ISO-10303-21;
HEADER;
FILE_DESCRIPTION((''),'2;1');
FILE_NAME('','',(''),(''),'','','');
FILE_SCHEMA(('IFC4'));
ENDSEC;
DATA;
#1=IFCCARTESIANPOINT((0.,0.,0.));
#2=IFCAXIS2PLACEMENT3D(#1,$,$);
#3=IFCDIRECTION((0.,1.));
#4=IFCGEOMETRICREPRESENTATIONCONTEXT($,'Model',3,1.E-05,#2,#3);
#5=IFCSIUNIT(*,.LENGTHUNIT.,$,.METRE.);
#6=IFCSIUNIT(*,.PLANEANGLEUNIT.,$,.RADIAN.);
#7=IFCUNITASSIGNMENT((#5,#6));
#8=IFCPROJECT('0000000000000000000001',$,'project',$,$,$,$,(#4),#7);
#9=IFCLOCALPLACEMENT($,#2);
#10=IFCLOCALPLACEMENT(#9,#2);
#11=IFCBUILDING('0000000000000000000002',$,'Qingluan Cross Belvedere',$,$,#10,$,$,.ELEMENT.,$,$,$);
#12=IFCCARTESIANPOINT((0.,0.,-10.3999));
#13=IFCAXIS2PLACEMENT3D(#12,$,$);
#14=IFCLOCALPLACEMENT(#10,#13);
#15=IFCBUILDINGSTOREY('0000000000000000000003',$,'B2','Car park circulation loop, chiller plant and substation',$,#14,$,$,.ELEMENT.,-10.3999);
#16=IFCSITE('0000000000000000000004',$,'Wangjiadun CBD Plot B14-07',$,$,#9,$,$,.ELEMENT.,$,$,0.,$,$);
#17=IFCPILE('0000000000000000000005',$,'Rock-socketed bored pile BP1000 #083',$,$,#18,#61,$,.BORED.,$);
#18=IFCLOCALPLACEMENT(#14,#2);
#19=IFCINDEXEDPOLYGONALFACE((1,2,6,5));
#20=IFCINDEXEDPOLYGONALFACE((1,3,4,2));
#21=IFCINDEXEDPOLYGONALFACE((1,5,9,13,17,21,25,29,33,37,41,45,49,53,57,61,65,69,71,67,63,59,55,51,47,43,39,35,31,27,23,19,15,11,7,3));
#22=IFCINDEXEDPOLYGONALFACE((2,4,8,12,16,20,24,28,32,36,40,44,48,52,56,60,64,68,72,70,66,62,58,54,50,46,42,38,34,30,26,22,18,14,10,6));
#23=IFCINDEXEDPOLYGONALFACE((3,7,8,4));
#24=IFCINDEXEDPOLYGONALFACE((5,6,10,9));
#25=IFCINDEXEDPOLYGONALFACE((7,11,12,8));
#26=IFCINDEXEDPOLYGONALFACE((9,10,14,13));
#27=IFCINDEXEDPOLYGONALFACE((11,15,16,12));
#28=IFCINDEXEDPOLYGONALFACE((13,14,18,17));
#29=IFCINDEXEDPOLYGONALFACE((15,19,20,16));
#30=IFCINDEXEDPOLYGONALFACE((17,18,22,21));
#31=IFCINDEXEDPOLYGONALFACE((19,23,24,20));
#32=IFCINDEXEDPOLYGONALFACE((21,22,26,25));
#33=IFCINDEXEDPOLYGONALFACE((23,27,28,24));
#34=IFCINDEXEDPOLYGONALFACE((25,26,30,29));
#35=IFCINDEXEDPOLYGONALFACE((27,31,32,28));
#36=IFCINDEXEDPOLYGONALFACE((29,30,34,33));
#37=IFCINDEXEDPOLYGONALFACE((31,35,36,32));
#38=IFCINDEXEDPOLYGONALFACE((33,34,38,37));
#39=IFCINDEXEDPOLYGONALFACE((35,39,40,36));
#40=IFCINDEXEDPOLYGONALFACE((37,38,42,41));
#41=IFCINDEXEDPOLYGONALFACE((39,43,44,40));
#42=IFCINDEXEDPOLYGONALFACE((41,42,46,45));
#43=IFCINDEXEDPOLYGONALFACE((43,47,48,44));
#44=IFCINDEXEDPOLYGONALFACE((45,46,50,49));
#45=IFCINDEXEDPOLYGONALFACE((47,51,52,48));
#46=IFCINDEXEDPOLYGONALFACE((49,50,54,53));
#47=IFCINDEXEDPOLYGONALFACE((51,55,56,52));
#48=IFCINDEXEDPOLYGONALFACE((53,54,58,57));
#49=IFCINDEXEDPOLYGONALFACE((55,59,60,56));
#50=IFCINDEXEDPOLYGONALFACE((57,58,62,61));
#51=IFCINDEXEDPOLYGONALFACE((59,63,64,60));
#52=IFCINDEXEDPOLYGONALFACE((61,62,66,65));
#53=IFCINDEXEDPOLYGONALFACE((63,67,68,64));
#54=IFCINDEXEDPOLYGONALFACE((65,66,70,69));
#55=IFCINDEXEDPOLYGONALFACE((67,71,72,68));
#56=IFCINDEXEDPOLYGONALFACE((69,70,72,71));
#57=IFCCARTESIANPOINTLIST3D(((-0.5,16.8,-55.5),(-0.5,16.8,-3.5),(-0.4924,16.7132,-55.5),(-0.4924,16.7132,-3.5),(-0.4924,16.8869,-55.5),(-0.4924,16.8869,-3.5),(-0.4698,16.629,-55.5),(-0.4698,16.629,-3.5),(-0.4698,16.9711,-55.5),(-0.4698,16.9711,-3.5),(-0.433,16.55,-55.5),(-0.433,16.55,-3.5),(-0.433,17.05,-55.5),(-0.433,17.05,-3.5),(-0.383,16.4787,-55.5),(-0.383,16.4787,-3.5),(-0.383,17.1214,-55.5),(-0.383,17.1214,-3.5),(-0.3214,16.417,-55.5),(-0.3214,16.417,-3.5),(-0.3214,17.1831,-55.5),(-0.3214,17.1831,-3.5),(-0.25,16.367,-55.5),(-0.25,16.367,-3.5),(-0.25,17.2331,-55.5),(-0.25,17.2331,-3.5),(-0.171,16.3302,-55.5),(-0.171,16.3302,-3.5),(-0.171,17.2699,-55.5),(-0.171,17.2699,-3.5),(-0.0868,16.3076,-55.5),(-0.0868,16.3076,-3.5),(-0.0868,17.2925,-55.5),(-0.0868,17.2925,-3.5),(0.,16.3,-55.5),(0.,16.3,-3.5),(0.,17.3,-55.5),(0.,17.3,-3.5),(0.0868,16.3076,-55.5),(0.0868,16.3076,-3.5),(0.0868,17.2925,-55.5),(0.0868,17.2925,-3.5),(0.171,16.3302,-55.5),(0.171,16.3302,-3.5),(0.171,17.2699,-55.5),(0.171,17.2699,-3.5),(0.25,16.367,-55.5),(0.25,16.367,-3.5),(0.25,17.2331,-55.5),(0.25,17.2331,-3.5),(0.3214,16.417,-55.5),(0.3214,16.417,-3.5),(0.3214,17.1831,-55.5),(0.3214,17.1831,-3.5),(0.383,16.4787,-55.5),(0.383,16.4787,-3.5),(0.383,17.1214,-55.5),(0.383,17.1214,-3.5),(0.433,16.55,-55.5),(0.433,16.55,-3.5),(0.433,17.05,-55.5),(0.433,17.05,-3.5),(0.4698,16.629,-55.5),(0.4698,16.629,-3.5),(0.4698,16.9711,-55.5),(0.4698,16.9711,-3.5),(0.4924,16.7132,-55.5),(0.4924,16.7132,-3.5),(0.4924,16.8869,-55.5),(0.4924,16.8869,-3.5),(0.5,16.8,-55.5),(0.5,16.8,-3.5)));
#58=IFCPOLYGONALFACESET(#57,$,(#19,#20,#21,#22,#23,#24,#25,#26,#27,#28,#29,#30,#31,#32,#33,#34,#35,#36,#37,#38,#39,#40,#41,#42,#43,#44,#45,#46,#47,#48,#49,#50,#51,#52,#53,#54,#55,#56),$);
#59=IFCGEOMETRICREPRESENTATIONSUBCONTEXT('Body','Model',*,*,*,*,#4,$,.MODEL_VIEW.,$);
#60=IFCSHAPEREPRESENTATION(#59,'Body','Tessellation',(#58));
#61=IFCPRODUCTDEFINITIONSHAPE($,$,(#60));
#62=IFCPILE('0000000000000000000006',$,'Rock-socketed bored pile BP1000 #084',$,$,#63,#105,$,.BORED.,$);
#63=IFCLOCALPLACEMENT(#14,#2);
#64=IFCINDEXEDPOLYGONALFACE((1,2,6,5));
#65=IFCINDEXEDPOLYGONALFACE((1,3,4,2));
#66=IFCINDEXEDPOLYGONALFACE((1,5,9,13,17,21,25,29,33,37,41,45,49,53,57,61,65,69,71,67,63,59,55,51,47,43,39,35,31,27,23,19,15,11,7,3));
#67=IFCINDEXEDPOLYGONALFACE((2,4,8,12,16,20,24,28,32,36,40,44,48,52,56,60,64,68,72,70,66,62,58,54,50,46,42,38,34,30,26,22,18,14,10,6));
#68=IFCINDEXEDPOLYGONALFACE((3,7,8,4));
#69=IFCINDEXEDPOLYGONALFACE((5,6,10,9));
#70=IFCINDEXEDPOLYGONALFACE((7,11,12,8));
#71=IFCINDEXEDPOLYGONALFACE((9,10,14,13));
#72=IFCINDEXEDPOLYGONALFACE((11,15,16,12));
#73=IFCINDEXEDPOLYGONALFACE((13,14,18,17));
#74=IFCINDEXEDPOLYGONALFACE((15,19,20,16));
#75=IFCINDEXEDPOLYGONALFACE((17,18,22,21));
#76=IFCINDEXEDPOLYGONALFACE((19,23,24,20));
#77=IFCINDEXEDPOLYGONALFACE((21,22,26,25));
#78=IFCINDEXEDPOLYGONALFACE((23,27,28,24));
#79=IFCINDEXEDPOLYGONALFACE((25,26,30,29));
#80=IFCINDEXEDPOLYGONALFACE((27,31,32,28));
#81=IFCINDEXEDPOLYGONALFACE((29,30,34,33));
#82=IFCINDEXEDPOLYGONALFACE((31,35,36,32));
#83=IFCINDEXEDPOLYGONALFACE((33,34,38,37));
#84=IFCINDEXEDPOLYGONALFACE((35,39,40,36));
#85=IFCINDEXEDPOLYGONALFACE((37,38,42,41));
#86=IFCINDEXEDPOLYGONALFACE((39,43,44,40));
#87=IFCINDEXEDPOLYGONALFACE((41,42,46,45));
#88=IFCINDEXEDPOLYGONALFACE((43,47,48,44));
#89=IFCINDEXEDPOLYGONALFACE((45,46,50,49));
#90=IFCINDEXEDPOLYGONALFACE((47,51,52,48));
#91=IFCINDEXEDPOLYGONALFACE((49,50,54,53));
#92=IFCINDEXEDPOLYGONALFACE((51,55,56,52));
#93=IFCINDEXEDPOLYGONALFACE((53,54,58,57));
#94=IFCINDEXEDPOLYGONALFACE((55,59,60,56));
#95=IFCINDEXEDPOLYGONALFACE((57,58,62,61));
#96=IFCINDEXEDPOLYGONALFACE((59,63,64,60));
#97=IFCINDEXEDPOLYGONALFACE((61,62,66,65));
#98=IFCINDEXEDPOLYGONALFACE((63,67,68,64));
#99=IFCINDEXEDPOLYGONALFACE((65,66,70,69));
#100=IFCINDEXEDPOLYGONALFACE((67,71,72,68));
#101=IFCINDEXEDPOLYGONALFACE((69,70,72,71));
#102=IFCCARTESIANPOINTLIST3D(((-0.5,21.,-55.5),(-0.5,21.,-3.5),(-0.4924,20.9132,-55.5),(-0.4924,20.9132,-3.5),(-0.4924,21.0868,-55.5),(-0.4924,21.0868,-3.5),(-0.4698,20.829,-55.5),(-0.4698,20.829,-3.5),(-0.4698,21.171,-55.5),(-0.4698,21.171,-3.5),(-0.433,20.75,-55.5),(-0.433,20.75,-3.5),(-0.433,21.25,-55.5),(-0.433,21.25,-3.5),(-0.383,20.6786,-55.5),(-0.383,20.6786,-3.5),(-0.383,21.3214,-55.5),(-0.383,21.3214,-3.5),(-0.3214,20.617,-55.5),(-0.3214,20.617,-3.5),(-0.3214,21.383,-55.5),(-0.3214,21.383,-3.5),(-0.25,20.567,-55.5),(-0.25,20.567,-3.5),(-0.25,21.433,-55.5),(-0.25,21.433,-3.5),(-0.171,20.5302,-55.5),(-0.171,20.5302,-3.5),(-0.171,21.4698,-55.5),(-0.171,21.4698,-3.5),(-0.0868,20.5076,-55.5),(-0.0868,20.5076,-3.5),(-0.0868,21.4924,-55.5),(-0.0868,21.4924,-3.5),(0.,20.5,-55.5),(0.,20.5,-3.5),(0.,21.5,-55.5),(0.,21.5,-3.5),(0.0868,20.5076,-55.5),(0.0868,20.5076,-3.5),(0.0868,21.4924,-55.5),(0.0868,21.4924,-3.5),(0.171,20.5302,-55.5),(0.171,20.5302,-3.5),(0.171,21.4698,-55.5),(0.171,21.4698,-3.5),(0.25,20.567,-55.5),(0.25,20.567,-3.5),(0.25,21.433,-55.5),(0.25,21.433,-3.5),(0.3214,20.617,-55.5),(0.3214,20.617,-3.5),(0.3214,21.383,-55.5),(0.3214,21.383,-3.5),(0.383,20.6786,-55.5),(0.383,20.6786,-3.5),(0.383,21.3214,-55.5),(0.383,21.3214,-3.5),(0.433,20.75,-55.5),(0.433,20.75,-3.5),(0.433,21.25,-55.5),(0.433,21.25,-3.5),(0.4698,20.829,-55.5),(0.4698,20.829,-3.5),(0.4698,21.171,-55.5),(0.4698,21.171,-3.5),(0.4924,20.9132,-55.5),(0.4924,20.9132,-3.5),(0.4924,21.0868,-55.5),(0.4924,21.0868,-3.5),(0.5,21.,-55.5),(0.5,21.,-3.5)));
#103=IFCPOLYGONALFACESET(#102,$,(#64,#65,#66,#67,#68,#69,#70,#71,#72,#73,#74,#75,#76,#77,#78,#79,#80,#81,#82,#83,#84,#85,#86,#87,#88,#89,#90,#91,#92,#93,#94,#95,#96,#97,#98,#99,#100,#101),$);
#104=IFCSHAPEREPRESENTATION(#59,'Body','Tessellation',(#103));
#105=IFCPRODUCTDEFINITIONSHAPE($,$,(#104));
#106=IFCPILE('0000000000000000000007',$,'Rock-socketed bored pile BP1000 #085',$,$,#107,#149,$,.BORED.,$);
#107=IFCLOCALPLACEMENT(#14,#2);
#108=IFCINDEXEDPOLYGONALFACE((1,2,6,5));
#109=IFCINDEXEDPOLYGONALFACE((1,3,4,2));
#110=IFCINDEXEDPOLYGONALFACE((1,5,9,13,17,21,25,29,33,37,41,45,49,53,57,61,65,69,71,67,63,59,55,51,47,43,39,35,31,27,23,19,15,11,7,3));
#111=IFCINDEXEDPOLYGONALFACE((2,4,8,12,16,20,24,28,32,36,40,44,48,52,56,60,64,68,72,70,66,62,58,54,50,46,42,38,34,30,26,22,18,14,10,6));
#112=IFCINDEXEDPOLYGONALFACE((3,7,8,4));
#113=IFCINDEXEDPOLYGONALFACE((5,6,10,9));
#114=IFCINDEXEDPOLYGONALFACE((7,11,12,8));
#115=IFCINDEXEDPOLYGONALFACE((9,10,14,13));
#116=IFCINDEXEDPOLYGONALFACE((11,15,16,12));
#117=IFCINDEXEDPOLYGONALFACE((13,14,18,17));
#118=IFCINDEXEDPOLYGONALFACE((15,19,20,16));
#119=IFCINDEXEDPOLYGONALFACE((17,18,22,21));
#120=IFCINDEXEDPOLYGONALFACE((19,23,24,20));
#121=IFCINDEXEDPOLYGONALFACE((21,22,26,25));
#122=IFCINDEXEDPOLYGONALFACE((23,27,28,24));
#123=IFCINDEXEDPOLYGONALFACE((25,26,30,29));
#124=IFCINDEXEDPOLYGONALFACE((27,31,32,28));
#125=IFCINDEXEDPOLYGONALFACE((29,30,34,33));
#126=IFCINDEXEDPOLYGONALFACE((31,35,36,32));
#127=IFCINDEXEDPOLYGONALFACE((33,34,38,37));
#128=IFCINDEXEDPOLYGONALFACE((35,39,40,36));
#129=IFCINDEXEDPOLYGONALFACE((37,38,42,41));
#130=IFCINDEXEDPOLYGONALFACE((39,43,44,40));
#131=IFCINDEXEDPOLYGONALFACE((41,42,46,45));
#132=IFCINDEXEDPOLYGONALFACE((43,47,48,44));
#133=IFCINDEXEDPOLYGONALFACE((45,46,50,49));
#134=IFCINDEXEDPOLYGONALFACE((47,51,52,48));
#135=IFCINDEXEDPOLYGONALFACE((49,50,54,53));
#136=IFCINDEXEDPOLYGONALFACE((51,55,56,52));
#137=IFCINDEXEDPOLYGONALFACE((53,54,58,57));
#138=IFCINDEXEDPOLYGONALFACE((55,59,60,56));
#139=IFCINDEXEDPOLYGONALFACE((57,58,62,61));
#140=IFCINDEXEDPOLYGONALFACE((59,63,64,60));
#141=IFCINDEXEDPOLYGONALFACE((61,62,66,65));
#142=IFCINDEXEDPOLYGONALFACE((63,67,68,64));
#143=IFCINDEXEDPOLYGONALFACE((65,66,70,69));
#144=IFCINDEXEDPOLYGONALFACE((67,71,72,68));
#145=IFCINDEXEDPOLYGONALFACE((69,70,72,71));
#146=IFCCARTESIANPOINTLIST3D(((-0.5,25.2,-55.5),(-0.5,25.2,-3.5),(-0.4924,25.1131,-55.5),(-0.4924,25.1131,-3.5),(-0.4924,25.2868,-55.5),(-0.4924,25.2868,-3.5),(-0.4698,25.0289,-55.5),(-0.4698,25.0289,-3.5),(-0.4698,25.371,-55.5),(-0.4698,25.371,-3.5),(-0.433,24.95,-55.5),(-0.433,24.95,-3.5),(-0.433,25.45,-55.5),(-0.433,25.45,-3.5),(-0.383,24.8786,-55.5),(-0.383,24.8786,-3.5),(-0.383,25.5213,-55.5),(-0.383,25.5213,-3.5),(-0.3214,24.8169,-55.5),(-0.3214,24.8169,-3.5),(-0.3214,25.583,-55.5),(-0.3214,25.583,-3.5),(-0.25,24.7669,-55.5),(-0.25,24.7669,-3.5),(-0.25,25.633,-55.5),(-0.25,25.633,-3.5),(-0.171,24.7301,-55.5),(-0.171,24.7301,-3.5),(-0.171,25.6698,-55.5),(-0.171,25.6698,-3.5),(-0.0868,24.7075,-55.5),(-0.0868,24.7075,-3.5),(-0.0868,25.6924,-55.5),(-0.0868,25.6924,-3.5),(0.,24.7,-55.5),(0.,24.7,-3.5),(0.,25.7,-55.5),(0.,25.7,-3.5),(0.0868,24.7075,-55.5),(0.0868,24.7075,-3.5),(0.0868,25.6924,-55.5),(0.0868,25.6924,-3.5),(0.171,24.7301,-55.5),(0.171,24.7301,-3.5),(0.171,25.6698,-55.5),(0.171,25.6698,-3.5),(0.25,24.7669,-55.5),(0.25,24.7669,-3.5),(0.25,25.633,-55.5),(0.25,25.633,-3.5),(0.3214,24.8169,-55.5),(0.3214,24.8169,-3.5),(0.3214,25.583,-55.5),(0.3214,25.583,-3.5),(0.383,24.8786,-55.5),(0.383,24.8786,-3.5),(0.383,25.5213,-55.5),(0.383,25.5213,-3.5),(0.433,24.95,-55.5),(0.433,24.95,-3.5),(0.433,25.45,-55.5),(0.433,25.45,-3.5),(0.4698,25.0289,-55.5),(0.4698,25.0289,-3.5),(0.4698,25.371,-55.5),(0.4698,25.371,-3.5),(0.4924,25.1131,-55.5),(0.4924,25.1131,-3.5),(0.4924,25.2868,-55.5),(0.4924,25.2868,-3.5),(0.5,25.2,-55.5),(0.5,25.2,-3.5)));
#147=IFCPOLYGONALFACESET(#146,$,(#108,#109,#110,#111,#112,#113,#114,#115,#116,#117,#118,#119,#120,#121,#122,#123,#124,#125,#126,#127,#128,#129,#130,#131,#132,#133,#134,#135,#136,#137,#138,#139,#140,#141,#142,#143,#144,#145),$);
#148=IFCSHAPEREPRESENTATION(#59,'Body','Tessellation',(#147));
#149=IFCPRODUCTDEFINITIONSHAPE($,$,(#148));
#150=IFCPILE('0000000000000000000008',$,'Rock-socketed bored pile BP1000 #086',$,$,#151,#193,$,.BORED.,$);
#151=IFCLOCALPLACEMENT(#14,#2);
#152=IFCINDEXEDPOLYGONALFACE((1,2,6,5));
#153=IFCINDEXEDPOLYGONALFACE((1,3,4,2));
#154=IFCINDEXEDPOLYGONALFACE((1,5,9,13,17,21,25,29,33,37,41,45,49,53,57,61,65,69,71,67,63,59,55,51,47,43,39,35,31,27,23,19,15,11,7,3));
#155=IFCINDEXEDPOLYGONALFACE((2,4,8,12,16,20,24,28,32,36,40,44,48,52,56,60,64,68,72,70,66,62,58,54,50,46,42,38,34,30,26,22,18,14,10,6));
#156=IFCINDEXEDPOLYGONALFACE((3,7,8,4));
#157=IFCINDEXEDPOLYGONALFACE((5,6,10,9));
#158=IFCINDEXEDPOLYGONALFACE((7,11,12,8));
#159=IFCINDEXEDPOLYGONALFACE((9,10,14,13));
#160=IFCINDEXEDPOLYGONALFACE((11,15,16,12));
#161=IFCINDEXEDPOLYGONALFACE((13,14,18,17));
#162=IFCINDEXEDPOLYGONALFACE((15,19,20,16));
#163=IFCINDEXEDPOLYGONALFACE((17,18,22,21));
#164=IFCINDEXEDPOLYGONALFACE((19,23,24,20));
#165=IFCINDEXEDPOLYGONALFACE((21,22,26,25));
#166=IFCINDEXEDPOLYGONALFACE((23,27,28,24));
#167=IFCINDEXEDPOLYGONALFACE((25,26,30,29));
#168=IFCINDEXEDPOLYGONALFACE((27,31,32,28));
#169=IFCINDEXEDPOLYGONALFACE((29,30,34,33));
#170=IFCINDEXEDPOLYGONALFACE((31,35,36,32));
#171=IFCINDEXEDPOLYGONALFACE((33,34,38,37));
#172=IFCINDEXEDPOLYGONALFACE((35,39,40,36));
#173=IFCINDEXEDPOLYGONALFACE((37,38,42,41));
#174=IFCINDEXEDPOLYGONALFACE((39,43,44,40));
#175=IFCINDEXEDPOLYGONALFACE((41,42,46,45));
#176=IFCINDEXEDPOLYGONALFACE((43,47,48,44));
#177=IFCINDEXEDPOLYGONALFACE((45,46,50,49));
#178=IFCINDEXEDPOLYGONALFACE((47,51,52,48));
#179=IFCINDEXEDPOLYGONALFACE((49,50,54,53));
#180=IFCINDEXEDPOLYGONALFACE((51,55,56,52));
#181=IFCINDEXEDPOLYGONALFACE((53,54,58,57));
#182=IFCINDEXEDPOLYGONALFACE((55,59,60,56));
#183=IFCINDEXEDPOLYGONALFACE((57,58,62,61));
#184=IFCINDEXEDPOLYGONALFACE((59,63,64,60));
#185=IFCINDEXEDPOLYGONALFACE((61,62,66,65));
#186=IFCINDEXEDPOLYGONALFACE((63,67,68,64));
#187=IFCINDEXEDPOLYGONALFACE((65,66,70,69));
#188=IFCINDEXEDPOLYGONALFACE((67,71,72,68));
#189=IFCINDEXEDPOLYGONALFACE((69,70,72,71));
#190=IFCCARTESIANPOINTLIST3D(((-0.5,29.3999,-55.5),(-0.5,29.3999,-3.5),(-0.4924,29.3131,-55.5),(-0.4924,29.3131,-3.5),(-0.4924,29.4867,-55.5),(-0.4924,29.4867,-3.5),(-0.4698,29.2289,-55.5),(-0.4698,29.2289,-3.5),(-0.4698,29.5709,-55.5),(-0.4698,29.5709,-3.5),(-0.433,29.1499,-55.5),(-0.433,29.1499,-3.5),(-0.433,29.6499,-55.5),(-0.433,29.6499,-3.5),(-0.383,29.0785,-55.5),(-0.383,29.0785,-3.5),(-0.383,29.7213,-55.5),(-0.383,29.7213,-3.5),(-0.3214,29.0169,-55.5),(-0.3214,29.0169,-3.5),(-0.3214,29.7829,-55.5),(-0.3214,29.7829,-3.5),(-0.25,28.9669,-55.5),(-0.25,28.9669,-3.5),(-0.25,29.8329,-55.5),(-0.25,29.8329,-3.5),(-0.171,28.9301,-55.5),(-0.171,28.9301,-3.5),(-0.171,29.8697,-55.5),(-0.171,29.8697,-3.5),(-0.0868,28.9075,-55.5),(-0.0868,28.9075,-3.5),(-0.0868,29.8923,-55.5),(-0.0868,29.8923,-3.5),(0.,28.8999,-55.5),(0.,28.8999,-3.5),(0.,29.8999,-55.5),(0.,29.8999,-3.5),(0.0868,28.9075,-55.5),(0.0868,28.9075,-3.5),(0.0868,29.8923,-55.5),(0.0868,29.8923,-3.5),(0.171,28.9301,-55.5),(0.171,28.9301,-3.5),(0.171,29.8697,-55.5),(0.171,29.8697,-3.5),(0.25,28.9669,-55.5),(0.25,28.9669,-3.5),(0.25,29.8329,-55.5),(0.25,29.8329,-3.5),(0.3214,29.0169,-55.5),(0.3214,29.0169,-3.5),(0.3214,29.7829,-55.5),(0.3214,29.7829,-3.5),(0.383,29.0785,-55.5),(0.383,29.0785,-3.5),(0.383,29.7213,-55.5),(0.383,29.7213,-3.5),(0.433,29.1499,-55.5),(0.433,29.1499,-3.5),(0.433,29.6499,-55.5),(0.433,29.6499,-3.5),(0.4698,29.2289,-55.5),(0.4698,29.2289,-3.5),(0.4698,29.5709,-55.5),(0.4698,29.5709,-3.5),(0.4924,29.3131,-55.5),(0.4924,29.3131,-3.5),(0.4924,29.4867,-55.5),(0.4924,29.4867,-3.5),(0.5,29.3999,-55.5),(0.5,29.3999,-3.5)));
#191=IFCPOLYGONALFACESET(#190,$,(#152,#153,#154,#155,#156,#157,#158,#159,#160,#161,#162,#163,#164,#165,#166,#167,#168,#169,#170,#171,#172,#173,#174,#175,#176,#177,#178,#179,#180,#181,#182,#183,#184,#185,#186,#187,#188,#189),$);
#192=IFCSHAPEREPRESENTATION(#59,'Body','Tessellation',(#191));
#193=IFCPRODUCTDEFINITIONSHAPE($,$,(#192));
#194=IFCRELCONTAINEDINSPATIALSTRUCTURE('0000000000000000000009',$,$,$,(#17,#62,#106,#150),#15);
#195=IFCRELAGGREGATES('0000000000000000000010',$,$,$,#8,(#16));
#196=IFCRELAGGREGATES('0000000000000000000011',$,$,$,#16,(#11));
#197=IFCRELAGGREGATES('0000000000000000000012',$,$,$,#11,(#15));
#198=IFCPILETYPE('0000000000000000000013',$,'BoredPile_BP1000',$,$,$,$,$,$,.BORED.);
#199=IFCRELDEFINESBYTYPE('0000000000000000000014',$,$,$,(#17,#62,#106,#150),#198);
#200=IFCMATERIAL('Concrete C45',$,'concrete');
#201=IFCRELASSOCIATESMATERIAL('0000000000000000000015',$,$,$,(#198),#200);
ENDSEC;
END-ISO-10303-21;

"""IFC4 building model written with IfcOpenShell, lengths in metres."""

from ifc_helpers import new_model, si_unit, direction, frame, origin, origin_2d, place, context, subcontext, project, spatial, circle, extrude, material, material_profile, profile_set, type_object, element, save


model = new_model("IFC4")

# Units and contexts
model_context = context("Model", 3, precision=1e-05, world=origin(), true_north=direction((0.0, 1.0)))
body_context = subcontext(model_context, "Body", "Model", "MODEL_VIEW")
ifc_project = project(units=[si_unit("LENGTHUNIT", "METRE"), si_unit("PLANEANGLEUNIT", "RADIAN")], contexts=[model_context])

# Site, building, storey
site_placement = place(None, origin())
site = spatial("IfcSite", under=ifc_project, at=site_placement, Name="Wangjiadun CBD Plot B14-07", CompositionType="ELEMENT", RefElevation=0.0)
building_placement = place(site_placement, origin())
building = spatial("IfcBuilding", under=site, at=building_placement, Name="Qingluan Cross Belvedere", CompositionType="ELEMENT")
storey_placement = place(building_placement, frame((0.0, 0.0, -10.3999)))
storey = spatial("IfcBuildingStorey", under=building, at=storey_placement, Name="B2", Description="Car park circulation loop, chiller plant and substation", CompositionType="ELEMENT", Elevation=-10.3999)

# Piles
ifc_material_1 = material(Name="Concrete C45", Category="concrete")
ifc_material_profile_1 = material_profile(ifc_material_1, circle(Radius=0.5, at=origin_2d()), Name="BP1000")
ifc_profile_set_1 = profile_set([ifc_material_profile_1], Name="Concrete C45")
pile_type_1 = type_object("IfcPileType", Name="BoredPile_BP1000", PredefinedType="BORED", material=ifc_profile_set_1)
for number, where, z_axis, x_axis, name in (
    (1, (0.0, 16.8, -3.5), (0.0, 0.0, -1.0), (1.0, 0.0, 0.0), "Rock-socketed bored pile BP1000 #083"),
    (2, (0.0, 21.0, -3.5), (0.0, 0.0, -1.0), (1.0, 0.0, 0.0), "Rock-socketed bored pile BP1000 #084"),
    (3, (0.0, 25.2, -3.5), (0.0, 0.0, -1.0), (1.0, 0.0, 0.0), "Rock-socketed bored pile BP1000 #085"),
    (4, (0.0, 29.3999, -3.5), (0.0, 0.0, -1.0), (1.0, 0.0, 0.0), "Rock-socketed bored pile BP1000 #086"),
):
    element("IfcPile", number, at=place(storey_placement, frame(where, z_axis=z_axis, x_axis=x_axis)), inside=storey, type_object=pile_type_1, Name=name, PredefinedType="BORED", context=body_context, shape_type="SweptSolid", body=[
        extrude(circle(Radius=0.5, at=origin_2d()), origin(), (0.0, 0.0, 1.0), 52.0),
    ])

save(model, "model.ifc")
